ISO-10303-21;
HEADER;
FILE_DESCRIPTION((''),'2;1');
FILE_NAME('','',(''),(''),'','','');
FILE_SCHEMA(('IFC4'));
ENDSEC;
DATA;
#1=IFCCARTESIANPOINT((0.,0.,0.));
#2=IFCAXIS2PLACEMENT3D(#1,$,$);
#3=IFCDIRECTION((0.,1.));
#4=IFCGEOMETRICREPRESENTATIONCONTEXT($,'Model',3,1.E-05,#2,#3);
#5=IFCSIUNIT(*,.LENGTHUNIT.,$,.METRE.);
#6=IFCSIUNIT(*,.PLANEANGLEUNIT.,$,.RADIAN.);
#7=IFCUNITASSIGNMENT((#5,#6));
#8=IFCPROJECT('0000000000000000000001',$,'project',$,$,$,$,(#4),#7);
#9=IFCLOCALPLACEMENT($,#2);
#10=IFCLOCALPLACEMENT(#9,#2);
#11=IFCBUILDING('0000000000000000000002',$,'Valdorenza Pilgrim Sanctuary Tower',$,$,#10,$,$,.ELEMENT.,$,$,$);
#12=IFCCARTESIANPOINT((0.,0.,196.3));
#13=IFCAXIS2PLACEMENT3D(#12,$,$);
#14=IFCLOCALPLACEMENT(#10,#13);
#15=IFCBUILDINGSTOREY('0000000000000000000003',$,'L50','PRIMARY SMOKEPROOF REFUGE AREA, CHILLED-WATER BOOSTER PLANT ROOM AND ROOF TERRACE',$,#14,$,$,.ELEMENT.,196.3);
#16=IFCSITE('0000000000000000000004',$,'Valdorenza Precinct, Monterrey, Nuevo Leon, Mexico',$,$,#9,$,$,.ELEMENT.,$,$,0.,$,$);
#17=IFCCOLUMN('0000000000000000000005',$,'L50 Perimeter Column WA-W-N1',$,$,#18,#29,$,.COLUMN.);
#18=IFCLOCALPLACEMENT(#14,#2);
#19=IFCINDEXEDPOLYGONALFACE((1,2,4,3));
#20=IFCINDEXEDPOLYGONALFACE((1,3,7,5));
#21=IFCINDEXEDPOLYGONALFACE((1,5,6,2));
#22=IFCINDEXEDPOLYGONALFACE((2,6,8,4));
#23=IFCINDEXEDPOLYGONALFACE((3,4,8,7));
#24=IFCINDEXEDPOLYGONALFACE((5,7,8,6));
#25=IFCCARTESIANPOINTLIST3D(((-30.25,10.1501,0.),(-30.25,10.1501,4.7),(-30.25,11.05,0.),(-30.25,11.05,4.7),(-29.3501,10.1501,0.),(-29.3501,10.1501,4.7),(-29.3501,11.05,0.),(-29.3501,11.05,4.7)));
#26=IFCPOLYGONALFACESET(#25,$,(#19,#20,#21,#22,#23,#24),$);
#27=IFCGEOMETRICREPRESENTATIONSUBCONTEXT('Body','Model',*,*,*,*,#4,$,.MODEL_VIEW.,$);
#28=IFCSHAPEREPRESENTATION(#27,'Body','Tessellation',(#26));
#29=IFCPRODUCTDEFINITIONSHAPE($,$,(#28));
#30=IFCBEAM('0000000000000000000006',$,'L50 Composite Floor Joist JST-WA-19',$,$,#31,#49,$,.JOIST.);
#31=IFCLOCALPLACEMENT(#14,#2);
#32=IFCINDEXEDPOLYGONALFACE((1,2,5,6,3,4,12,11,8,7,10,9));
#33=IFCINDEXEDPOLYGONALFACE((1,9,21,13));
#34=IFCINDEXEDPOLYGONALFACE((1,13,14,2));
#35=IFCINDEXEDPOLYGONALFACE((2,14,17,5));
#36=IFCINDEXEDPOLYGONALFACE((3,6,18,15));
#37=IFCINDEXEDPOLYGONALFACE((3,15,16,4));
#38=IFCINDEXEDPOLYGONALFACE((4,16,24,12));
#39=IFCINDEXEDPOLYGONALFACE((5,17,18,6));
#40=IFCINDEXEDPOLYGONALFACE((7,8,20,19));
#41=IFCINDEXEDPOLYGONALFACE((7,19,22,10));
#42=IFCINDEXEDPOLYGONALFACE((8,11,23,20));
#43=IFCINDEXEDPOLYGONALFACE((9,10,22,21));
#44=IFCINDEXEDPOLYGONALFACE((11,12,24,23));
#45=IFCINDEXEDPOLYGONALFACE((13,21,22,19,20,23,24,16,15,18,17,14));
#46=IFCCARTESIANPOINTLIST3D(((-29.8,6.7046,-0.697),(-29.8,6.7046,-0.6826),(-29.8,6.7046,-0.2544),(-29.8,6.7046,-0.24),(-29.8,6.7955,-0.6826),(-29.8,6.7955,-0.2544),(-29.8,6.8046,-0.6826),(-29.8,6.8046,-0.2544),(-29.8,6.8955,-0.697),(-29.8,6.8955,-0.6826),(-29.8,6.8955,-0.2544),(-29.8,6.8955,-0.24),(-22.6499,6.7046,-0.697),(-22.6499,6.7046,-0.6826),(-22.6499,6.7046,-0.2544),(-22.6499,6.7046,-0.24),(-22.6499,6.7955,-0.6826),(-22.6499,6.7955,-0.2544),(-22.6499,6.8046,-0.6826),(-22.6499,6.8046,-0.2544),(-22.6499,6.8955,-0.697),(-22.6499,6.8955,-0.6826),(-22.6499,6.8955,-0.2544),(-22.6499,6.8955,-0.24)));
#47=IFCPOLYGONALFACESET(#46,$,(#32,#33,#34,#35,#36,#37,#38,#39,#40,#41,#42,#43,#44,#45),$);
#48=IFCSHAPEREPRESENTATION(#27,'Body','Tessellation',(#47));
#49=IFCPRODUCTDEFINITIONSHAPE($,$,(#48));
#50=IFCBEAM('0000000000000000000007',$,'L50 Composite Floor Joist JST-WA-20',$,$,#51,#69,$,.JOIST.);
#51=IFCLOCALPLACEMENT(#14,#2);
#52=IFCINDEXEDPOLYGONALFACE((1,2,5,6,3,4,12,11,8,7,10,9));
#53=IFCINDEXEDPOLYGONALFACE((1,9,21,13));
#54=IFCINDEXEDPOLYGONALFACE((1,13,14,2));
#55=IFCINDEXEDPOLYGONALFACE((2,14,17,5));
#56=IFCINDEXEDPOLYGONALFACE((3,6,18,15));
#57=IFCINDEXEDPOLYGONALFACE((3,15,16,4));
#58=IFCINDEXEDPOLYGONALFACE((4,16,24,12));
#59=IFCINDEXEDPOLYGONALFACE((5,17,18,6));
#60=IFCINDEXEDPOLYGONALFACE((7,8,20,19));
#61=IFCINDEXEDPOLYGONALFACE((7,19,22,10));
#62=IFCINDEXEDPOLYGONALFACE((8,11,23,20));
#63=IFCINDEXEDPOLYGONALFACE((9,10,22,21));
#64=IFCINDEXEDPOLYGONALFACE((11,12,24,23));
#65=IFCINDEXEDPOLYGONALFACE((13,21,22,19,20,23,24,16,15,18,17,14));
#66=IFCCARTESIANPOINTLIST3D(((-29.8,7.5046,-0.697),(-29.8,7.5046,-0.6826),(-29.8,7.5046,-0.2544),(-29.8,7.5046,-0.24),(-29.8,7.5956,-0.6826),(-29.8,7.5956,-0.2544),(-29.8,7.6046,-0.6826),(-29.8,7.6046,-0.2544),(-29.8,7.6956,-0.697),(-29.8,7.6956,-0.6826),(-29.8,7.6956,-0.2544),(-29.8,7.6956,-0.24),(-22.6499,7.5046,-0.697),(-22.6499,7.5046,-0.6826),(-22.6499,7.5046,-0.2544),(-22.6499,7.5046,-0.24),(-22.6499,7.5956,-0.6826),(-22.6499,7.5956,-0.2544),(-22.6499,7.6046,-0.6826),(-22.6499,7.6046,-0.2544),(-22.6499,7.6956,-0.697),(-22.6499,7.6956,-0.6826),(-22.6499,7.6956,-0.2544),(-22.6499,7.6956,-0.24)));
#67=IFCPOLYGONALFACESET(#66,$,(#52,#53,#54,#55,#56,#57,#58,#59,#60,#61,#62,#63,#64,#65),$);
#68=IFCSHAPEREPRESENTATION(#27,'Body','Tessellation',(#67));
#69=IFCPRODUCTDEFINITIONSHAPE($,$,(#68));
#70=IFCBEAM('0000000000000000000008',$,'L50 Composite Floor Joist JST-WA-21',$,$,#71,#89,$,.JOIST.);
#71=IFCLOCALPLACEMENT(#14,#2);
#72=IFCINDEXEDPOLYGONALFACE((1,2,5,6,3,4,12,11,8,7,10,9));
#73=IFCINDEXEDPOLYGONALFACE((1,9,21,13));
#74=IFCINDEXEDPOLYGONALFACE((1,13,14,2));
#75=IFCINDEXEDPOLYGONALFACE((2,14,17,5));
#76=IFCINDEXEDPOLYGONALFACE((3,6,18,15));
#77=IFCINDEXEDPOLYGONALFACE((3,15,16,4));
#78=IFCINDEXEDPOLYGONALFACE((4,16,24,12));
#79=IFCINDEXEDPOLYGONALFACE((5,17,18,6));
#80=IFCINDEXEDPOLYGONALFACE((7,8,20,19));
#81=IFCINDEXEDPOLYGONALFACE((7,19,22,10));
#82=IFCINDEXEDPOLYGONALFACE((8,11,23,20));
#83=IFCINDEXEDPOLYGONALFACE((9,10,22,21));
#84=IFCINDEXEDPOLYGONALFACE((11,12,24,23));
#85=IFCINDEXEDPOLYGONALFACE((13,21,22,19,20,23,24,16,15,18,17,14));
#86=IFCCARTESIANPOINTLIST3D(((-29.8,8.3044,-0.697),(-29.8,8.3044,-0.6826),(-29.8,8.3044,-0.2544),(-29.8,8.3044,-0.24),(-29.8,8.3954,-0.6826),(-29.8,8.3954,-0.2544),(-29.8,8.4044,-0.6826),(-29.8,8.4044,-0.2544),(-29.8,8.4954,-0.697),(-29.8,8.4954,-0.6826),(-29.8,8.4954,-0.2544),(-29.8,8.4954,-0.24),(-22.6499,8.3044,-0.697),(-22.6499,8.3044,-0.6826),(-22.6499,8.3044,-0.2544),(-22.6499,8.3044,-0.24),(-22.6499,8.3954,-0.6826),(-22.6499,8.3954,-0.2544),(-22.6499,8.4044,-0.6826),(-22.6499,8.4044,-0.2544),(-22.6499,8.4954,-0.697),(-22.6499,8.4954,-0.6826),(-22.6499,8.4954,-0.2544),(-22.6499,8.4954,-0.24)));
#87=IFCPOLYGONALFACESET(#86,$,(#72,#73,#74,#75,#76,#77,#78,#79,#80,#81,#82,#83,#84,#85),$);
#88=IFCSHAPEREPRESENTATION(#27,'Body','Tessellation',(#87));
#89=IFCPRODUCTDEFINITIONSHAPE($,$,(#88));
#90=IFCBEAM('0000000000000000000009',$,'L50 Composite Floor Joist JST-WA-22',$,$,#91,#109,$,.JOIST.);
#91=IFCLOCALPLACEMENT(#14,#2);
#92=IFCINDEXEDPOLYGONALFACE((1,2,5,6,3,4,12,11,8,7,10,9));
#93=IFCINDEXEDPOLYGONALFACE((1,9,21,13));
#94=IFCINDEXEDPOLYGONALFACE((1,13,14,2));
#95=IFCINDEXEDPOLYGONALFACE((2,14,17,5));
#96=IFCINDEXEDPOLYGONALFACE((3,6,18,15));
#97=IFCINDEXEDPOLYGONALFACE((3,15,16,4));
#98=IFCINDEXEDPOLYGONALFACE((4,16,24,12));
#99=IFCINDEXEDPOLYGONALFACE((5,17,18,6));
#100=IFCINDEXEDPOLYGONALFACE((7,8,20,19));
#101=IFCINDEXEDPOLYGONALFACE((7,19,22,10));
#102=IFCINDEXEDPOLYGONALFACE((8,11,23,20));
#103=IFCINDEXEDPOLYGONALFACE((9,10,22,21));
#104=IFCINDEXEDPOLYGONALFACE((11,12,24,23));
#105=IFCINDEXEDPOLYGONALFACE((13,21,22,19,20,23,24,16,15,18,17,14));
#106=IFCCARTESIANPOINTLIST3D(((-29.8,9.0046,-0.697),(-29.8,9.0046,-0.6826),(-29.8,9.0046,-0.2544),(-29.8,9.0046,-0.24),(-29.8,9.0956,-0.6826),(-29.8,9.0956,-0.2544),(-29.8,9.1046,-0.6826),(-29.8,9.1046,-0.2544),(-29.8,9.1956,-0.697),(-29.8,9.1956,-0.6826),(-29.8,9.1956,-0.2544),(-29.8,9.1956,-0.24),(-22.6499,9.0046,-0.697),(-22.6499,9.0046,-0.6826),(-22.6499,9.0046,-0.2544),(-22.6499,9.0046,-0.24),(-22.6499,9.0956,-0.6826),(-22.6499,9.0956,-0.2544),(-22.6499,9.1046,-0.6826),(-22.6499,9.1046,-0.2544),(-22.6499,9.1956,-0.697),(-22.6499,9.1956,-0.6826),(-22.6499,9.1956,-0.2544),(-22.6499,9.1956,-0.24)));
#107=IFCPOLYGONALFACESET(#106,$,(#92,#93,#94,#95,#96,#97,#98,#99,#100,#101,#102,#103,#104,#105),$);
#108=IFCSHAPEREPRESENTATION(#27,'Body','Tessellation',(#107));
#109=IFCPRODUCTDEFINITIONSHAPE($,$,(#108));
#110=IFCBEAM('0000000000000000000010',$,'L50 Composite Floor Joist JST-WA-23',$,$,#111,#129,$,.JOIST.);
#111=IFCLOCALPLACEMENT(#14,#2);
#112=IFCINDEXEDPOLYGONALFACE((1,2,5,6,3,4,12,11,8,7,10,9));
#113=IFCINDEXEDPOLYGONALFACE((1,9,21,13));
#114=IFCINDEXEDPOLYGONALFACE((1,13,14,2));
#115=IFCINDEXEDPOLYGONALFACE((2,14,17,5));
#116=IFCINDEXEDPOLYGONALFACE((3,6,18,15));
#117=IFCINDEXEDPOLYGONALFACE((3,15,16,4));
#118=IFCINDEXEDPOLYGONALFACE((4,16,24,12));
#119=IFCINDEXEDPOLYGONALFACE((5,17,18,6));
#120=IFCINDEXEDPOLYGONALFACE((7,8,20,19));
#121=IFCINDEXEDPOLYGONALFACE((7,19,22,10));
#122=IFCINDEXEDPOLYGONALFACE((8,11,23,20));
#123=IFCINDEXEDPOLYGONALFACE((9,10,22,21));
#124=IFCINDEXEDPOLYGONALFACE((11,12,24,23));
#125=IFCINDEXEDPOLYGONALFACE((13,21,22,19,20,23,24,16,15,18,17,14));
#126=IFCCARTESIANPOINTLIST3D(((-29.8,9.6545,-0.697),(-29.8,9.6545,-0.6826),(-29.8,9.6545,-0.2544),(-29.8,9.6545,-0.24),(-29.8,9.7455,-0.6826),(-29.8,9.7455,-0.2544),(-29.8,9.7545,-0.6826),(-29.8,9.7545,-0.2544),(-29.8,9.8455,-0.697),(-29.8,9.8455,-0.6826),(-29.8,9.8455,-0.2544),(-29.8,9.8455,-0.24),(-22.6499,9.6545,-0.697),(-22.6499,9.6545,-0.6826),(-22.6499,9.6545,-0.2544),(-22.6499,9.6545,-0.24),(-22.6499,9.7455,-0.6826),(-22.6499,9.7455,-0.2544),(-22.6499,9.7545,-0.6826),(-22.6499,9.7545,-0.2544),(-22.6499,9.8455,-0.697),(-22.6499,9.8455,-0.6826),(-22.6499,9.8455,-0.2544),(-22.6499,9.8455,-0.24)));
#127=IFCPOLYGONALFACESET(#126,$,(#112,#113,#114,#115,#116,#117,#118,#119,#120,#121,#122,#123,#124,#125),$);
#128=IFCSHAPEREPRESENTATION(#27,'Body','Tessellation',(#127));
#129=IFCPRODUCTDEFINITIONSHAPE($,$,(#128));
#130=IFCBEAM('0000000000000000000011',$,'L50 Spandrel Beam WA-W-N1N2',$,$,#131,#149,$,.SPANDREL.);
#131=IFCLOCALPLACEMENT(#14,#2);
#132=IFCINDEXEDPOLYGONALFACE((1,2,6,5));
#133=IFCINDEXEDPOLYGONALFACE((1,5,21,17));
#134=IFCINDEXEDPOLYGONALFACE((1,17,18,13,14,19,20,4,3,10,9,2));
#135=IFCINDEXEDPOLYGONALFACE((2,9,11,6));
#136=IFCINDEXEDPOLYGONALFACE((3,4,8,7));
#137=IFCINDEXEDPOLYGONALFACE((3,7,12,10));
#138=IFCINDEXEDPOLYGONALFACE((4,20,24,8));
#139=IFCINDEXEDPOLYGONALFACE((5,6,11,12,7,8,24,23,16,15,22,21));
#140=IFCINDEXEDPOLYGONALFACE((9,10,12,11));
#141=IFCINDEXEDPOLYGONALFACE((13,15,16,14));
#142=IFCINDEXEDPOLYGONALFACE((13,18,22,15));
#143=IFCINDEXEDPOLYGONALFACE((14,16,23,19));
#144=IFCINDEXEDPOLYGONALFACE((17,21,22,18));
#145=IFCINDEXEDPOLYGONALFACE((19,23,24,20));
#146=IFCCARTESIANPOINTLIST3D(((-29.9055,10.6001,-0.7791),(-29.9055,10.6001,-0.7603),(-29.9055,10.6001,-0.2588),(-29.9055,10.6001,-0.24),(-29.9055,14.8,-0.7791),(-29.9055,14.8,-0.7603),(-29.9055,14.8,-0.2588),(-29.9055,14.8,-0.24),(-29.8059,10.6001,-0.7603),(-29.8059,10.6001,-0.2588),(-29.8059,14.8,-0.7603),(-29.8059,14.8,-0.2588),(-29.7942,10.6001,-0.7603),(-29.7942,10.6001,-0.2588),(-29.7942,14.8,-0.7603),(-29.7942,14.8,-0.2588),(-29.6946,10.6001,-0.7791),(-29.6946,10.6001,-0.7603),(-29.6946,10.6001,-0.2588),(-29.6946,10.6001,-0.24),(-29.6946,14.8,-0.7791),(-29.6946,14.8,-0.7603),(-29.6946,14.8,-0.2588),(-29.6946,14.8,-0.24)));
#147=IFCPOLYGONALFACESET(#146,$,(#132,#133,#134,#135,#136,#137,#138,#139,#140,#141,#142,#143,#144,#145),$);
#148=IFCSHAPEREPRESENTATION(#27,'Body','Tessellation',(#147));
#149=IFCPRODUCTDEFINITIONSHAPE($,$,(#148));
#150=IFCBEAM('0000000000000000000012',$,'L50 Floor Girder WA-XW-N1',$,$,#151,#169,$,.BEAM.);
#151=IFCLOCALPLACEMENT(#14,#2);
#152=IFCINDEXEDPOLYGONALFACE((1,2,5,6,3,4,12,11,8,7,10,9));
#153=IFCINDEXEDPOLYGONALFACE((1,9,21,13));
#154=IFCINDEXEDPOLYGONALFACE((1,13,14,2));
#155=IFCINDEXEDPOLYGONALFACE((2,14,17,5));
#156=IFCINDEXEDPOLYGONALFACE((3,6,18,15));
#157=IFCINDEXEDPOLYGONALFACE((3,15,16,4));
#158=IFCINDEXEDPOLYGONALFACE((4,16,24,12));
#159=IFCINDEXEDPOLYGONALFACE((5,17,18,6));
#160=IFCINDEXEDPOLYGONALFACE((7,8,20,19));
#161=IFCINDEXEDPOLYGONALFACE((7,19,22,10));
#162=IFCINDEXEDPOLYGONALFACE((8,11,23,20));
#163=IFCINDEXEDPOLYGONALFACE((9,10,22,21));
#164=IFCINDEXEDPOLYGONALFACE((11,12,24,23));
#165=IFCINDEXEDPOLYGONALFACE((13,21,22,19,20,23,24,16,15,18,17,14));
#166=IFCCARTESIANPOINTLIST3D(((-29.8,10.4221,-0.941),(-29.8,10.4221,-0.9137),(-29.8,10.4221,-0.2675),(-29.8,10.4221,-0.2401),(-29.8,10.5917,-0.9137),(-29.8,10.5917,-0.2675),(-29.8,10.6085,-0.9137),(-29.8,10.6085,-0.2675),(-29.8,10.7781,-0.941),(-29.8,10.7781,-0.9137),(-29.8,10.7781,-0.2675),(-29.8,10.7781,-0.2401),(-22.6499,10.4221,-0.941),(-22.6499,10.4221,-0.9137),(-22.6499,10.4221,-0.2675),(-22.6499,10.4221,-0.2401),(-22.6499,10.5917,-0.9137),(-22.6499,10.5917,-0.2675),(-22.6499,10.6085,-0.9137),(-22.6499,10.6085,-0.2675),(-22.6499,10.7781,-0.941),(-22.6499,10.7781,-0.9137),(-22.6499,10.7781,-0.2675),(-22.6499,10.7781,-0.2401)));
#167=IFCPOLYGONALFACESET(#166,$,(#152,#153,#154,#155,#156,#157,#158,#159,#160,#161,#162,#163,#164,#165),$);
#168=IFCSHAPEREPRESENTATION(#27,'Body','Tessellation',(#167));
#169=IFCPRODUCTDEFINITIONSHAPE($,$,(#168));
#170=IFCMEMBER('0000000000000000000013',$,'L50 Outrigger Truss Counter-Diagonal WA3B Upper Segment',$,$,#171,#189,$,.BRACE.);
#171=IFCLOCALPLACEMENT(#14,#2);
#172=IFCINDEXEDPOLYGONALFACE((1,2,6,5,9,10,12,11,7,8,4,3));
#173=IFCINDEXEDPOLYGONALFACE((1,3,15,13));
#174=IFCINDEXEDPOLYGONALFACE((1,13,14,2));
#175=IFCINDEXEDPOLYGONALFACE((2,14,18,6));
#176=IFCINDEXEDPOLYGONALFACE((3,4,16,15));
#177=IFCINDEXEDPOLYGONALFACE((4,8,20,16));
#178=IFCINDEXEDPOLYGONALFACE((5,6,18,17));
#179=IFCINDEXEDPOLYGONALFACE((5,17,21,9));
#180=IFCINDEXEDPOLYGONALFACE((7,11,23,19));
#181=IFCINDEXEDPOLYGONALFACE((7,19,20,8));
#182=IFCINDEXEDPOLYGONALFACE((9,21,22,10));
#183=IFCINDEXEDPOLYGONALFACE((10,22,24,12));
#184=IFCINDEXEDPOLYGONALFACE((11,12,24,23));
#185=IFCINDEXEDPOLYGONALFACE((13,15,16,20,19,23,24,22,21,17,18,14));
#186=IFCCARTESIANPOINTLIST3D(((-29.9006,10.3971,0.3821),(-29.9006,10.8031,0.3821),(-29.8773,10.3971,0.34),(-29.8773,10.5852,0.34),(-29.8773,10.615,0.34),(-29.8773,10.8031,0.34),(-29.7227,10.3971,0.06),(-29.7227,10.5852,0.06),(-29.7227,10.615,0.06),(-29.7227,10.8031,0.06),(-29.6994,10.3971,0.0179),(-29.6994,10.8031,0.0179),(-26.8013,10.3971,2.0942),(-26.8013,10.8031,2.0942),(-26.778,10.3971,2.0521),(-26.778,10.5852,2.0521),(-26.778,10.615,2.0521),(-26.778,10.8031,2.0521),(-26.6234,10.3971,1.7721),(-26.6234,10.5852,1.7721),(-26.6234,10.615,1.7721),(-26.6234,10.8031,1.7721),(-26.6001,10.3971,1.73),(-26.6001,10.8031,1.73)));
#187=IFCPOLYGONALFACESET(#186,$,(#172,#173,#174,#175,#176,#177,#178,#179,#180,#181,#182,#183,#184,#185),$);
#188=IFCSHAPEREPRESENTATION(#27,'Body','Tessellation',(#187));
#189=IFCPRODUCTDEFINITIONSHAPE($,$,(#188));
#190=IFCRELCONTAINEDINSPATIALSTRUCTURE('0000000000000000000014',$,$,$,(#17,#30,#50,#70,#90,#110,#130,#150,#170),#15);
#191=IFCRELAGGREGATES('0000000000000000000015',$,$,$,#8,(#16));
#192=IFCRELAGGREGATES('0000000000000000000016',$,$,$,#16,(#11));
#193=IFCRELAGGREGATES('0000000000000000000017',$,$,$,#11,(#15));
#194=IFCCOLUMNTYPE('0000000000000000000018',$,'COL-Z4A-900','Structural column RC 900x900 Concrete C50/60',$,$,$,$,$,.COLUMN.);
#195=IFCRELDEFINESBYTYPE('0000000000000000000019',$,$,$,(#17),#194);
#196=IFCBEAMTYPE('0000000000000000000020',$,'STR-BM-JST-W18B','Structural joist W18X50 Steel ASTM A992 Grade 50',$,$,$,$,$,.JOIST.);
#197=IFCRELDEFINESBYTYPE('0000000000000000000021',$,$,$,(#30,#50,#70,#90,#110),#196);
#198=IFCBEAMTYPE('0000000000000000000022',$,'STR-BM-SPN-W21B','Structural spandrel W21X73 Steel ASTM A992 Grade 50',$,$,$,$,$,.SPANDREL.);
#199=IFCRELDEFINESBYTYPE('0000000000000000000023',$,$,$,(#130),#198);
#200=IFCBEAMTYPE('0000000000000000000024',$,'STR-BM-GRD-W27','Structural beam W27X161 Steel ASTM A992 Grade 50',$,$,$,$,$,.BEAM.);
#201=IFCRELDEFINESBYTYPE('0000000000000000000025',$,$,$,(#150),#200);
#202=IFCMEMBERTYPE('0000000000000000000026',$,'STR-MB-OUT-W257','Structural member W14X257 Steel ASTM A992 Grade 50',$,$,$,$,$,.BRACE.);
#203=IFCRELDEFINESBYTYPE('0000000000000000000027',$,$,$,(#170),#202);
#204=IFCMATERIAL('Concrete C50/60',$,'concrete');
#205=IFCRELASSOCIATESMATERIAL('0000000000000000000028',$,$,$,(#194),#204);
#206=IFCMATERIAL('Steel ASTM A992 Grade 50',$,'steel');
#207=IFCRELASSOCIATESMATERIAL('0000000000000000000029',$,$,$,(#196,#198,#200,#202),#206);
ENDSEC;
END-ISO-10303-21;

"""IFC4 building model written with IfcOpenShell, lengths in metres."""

from ifc_helpers import new_model, si_unit, direction, frame, origin, origin_2d, place, context, subcontext, project, spatial, rectangle, i_section, extrude, source, transform, mapped, material, material_profile, profile_set, type_object, element, save


model = new_model("IFC4")

# Units and contexts
model_context = context("Model", 3, precision=1e-05, world=origin(), true_north=direction((0.0, 1.0)))
body_context = subcontext(model_context, "Body", "Model", "MODEL_VIEW")
ifc_project = project(units=[si_unit("LENGTHUNIT", "METRE"), si_unit("PLANEANGLEUNIT", "RADIAN")], contexts=[model_context])

# Site, building, storey
site_placement = place(None, origin())
site = spatial("IfcSite", under=ifc_project, at=site_placement, Name="Valdorenza Precinct, Monterrey, Nuevo Leon, Mexico", CompositionType="ELEMENT", RefElevation=0.0)
building_placement = place(site_placement, origin())
building = spatial("IfcBuilding", under=site, at=building_placement, Name="Valdorenza Pilgrim Sanctuary Tower", CompositionType="ELEMENT")
storey_placement = place(building_placement, frame((0.0, 0.0, 196.3)))
storey = spatial("IfcBuildingStorey", under=building, at=storey_placement, Name="L50", Description="PRIMARY SMOKEPROOF REFUGE AREA, CHILLED-WATER BOOSTER PLANT ROOM AND ROOF TERRACE", CompositionType="ELEMENT", Elevation=196.3)

# Column
ifc_material_1 = material(Name="Concrete C50/60", Category="concrete")
ifc_material_profile_1 = material_profile(ifc_material_1, rectangle(XDim=0.8999, YDim=0.8999, at=origin_2d()), Name="RC 900x900")
ifc_profile_set_1 = profile_set([ifc_material_profile_1], Name="Concrete C50/60")
column_type = type_object("IfcColumnType", Name="COL-Z4A-900", Description="Structural column RC 900x900 Concrete C50/60", PredefinedType="COLUMN", material=ifc_profile_set_1)
shared_shape_1 = source(origin(), body_context, "Body", "SweptSolid", [
    extrude(rectangle(XDim=0.8999, YDim=0.8999, at=origin_2d()), origin(), (0.0, 0.0, 1.0), 4.7),
])
column_placement = place(storey_placement, frame((-29.8, 10.6001, 0.0), z_axis=(0.0, 0.0, 1.0), x_axis=(1.0, 0.0, 0.0)))
element("IfcColumn", 1, at=column_placement, inside=storey, type_object=column_type, Name="L50 Perimeter Column WA-W-N1", PredefinedType="COLUMN", context=body_context, shape_type="MappedRepresentation", body=[
    mapped(shared_shape_1, transform((0.0, 0.0, 0.0), x_axis=(1.0, 0.0, 0.0), y_axis=(0.0, 1.0, 0.0), z_axis=(0.0, 0.0, 1.0), scale=1.0)),
])

# Beams
ifc_material_2 = material(Name="Steel ASTM A992 Grade 50", Category="steel")
ifc_material_profile_2 = material_profile(ifc_material_2, i_section(OverallWidth=0.1909, OverallDepth=0.457, WebThickness=0.009, FlangeThickness=0.0144, at=origin_2d()), Name="W18X50")
ifc_profile_set_2 = profile_set([ifc_material_profile_2], Name="Steel ASTM A992 Grade 50")
beam_type_1 = type_object("IfcBeamType", Name="STR-BM-JST-W18B", Description="Structural joist W18X50 Steel ASTM A992 Grade 50", PredefinedType="JOIST", material=ifc_profile_set_2)
shared_shape_2 = source(origin(), body_context, "Body", "SweptSolid", [
    extrude(i_section(OverallWidth=0.1909, OverallDepth=0.457, WebThickness=0.009, FlangeThickness=0.0144, at=origin_2d()), origin(), (0.0, 0.0, 1.0), 7.1501),
])
for number, where, z_axis, x_axis, name in (
    (2, (-29.8, 6.8, -0.4685), (1.0, 0.0, 0.0), (0.0, 1.0, 0.0), "L50 Composite Floor Joist JST-WA-19"),
    (3, (-29.8, 7.6001, -0.4685), (1.0, 0.0, 0.0), (0.0, 1.0, 0.0), "L50 Composite Floor Joist JST-WA-20"),
    (4, (-29.8, 8.3999, -0.4685), (1.0, 0.0, 0.0), (0.0, 1.0, 0.0), "L50 Composite Floor Joist JST-WA-21"),
    (5, (-29.8, 9.1001, -0.4685), (1.0, 0.0, 0.0), (0.0, 1.0, 0.0), "L50 Composite Floor Joist JST-WA-22"),
    (6, (-29.8, 9.75, -0.4685), (1.0, 0.0, 0.0), (0.0, 1.0, 0.0), "L50 Composite Floor Joist JST-WA-23"),
):
    element("IfcBeam", number, at=place(storey_placement, frame(where, z_axis=z_axis, x_axis=x_axis)), inside=storey, type_object=beam_type_1, Name=name, PredefinedType="JOIST", context=body_context, shape_type="MappedRepresentation", body=[
        mapped(shared_shape_2, transform((0.0, 0.0, 0.0), x_axis=(1.0, 0.0, 0.0), y_axis=(0.0, 1.0, 0.0), z_axis=(0.0, 0.0, 1.0), scale=1.0)),
    ])
ifc_material_profile_3 = material_profile(ifc_material_2, i_section(OverallWidth=0.2109, OverallDepth=0.5391, WebThickness=0.0117, FlangeThickness=0.0188, at=origin_2d()), Name="W21X73")
ifc_profile_set_3 = profile_set([ifc_material_profile_3], Name="Steel ASTM A992 Grade 50")
beam_type_2 = type_object("IfcBeamType", Name="STR-BM-SPN-W21B", Description="Structural spandrel W21X73 Steel ASTM A992 Grade 50", PredefinedType="SPANDREL", material=ifc_profile_set_3)
shared_shape_3 = source(origin(), body_context, "Body", "SweptSolid", [
    extrude(i_section(OverallWidth=0.2109, OverallDepth=0.5391, WebThickness=0.0117, FlangeThickness=0.0188, at=origin_2d()), origin(), (0.0, 0.0, 1.0), 4.2),
])
beam_1_placement = place(storey_placement, frame((-29.8, 10.6001, -0.5095), z_axis=(0.0, 1.0, 0.0), x_axis=(-1.0, 0.0, 0.0)))
element("IfcBeam", 7, at=beam_1_placement, inside=storey, type_object=beam_type_2, Name="L50 Spandrel Beam WA-W-N1N2", PredefinedType="SPANDREL", context=body_context, shape_type="MappedRepresentation", body=[
    mapped(shared_shape_3, transform((0.0, 0.0, 0.0), x_axis=(1.0, 0.0, 0.0), y_axis=(0.0, 1.0, 0.0), z_axis=(0.0, 0.0, 1.0), scale=1.0)),
])
ifc_material_profile_4 = material_profile(ifc_material_2, i_section(OverallWidth=0.356, OverallDepth=0.7009, WebThickness=0.0168, FlangeThickness=0.0273, at=origin_2d()), Name="W27X161")
ifc_profile_set_4 = profile_set([ifc_material_profile_4], Name="Steel ASTM A992 Grade 50")
beam_type_3 = type_object("IfcBeamType", Name="STR-BM-GRD-W27", Description="Structural beam W27X161 Steel ASTM A992 Grade 50", PredefinedType="BEAM", material=ifc_profile_set_4)
shared_shape_4 = source(origin(), body_context, "Body", "SweptSolid", [
    extrude(i_section(OverallWidth=0.356, OverallDepth=0.7009, WebThickness=0.0168, FlangeThickness=0.0273, at=origin_2d()), origin(), (0.0, 0.0, 1.0), 7.1501),
])
beam_2_placement = place(storey_placement, frame((-29.8, 10.6001, -0.5906), z_axis=(1.0, 0.0, 0.0), x_axis=(0.0, 1.0, 0.0)))
element("IfcBeam", 8, at=beam_2_placement, inside=storey, type_object=beam_type_3, Name="L50 Floor Girder WA-XW-N1", PredefinedType="BEAM", context=body_context, shape_type="MappedRepresentation", body=[
    mapped(shared_shape_4, transform((0.0, 0.0, 0.0), x_axis=(1.0, 0.0, 0.0), y_axis=(0.0, 1.0, 0.0), z_axis=(0.0, 0.0, 1.0), scale=1.0)),
])

# Member
ifc_material_profile_5 = material_profile(ifc_material_2, i_section(OverallWidth=0.406, OverallDepth=0.416, WebThickness=0.0298, FlangeThickness=0.0481, at=origin_2d()), Name="W14X257")
ifc_profile_set_5 = profile_set([ifc_material_profile_5], Name="Steel ASTM A992 Grade 50")
member_type_1 = type_object("IfcMemberType", Name="STR-MB-OUT-W257", Description="Structural member W14X257 Steel ASTM A992 Grade 50", PredefinedType="BRACE", material=ifc_profile_set_5)
shared_shape_5 = source(origin(), body_context, "Body", "SweptSolid", [
    extrude(i_section(OverallWidth=0.406, OverallDepth=0.416, WebThickness=0.0298, FlangeThickness=0.0481, at=origin_2d()), origin(), (0.0, 0.0, 1.0), 3.5408),
])
member_1_placement = place(storey_placement, frame((-26.7007, 10.6001, 1.9121), z_axis=(-0.875319, 0.0, -0.483546), x_axis=(0.0, -1.0, 0.0)))
element("IfcMember", 9, at=member_1_placement, inside=storey, type_object=member_type_1, Name="L50 Outrigger Truss Counter-Diagonal WA3B Upper Segment", PredefinedType="BRACE", context=body_context, shape_type="MappedRepresentation", body=[
    mapped(shared_shape_5, transform((0.0, 0.0, 0.0), x_axis=(1.0, 0.0, 0.0), y_axis=(0.0, 1.0, 0.0), z_axis=(0.0, 0.0, 1.0), scale=1.0)),
])

save(model, "model.ifc")
